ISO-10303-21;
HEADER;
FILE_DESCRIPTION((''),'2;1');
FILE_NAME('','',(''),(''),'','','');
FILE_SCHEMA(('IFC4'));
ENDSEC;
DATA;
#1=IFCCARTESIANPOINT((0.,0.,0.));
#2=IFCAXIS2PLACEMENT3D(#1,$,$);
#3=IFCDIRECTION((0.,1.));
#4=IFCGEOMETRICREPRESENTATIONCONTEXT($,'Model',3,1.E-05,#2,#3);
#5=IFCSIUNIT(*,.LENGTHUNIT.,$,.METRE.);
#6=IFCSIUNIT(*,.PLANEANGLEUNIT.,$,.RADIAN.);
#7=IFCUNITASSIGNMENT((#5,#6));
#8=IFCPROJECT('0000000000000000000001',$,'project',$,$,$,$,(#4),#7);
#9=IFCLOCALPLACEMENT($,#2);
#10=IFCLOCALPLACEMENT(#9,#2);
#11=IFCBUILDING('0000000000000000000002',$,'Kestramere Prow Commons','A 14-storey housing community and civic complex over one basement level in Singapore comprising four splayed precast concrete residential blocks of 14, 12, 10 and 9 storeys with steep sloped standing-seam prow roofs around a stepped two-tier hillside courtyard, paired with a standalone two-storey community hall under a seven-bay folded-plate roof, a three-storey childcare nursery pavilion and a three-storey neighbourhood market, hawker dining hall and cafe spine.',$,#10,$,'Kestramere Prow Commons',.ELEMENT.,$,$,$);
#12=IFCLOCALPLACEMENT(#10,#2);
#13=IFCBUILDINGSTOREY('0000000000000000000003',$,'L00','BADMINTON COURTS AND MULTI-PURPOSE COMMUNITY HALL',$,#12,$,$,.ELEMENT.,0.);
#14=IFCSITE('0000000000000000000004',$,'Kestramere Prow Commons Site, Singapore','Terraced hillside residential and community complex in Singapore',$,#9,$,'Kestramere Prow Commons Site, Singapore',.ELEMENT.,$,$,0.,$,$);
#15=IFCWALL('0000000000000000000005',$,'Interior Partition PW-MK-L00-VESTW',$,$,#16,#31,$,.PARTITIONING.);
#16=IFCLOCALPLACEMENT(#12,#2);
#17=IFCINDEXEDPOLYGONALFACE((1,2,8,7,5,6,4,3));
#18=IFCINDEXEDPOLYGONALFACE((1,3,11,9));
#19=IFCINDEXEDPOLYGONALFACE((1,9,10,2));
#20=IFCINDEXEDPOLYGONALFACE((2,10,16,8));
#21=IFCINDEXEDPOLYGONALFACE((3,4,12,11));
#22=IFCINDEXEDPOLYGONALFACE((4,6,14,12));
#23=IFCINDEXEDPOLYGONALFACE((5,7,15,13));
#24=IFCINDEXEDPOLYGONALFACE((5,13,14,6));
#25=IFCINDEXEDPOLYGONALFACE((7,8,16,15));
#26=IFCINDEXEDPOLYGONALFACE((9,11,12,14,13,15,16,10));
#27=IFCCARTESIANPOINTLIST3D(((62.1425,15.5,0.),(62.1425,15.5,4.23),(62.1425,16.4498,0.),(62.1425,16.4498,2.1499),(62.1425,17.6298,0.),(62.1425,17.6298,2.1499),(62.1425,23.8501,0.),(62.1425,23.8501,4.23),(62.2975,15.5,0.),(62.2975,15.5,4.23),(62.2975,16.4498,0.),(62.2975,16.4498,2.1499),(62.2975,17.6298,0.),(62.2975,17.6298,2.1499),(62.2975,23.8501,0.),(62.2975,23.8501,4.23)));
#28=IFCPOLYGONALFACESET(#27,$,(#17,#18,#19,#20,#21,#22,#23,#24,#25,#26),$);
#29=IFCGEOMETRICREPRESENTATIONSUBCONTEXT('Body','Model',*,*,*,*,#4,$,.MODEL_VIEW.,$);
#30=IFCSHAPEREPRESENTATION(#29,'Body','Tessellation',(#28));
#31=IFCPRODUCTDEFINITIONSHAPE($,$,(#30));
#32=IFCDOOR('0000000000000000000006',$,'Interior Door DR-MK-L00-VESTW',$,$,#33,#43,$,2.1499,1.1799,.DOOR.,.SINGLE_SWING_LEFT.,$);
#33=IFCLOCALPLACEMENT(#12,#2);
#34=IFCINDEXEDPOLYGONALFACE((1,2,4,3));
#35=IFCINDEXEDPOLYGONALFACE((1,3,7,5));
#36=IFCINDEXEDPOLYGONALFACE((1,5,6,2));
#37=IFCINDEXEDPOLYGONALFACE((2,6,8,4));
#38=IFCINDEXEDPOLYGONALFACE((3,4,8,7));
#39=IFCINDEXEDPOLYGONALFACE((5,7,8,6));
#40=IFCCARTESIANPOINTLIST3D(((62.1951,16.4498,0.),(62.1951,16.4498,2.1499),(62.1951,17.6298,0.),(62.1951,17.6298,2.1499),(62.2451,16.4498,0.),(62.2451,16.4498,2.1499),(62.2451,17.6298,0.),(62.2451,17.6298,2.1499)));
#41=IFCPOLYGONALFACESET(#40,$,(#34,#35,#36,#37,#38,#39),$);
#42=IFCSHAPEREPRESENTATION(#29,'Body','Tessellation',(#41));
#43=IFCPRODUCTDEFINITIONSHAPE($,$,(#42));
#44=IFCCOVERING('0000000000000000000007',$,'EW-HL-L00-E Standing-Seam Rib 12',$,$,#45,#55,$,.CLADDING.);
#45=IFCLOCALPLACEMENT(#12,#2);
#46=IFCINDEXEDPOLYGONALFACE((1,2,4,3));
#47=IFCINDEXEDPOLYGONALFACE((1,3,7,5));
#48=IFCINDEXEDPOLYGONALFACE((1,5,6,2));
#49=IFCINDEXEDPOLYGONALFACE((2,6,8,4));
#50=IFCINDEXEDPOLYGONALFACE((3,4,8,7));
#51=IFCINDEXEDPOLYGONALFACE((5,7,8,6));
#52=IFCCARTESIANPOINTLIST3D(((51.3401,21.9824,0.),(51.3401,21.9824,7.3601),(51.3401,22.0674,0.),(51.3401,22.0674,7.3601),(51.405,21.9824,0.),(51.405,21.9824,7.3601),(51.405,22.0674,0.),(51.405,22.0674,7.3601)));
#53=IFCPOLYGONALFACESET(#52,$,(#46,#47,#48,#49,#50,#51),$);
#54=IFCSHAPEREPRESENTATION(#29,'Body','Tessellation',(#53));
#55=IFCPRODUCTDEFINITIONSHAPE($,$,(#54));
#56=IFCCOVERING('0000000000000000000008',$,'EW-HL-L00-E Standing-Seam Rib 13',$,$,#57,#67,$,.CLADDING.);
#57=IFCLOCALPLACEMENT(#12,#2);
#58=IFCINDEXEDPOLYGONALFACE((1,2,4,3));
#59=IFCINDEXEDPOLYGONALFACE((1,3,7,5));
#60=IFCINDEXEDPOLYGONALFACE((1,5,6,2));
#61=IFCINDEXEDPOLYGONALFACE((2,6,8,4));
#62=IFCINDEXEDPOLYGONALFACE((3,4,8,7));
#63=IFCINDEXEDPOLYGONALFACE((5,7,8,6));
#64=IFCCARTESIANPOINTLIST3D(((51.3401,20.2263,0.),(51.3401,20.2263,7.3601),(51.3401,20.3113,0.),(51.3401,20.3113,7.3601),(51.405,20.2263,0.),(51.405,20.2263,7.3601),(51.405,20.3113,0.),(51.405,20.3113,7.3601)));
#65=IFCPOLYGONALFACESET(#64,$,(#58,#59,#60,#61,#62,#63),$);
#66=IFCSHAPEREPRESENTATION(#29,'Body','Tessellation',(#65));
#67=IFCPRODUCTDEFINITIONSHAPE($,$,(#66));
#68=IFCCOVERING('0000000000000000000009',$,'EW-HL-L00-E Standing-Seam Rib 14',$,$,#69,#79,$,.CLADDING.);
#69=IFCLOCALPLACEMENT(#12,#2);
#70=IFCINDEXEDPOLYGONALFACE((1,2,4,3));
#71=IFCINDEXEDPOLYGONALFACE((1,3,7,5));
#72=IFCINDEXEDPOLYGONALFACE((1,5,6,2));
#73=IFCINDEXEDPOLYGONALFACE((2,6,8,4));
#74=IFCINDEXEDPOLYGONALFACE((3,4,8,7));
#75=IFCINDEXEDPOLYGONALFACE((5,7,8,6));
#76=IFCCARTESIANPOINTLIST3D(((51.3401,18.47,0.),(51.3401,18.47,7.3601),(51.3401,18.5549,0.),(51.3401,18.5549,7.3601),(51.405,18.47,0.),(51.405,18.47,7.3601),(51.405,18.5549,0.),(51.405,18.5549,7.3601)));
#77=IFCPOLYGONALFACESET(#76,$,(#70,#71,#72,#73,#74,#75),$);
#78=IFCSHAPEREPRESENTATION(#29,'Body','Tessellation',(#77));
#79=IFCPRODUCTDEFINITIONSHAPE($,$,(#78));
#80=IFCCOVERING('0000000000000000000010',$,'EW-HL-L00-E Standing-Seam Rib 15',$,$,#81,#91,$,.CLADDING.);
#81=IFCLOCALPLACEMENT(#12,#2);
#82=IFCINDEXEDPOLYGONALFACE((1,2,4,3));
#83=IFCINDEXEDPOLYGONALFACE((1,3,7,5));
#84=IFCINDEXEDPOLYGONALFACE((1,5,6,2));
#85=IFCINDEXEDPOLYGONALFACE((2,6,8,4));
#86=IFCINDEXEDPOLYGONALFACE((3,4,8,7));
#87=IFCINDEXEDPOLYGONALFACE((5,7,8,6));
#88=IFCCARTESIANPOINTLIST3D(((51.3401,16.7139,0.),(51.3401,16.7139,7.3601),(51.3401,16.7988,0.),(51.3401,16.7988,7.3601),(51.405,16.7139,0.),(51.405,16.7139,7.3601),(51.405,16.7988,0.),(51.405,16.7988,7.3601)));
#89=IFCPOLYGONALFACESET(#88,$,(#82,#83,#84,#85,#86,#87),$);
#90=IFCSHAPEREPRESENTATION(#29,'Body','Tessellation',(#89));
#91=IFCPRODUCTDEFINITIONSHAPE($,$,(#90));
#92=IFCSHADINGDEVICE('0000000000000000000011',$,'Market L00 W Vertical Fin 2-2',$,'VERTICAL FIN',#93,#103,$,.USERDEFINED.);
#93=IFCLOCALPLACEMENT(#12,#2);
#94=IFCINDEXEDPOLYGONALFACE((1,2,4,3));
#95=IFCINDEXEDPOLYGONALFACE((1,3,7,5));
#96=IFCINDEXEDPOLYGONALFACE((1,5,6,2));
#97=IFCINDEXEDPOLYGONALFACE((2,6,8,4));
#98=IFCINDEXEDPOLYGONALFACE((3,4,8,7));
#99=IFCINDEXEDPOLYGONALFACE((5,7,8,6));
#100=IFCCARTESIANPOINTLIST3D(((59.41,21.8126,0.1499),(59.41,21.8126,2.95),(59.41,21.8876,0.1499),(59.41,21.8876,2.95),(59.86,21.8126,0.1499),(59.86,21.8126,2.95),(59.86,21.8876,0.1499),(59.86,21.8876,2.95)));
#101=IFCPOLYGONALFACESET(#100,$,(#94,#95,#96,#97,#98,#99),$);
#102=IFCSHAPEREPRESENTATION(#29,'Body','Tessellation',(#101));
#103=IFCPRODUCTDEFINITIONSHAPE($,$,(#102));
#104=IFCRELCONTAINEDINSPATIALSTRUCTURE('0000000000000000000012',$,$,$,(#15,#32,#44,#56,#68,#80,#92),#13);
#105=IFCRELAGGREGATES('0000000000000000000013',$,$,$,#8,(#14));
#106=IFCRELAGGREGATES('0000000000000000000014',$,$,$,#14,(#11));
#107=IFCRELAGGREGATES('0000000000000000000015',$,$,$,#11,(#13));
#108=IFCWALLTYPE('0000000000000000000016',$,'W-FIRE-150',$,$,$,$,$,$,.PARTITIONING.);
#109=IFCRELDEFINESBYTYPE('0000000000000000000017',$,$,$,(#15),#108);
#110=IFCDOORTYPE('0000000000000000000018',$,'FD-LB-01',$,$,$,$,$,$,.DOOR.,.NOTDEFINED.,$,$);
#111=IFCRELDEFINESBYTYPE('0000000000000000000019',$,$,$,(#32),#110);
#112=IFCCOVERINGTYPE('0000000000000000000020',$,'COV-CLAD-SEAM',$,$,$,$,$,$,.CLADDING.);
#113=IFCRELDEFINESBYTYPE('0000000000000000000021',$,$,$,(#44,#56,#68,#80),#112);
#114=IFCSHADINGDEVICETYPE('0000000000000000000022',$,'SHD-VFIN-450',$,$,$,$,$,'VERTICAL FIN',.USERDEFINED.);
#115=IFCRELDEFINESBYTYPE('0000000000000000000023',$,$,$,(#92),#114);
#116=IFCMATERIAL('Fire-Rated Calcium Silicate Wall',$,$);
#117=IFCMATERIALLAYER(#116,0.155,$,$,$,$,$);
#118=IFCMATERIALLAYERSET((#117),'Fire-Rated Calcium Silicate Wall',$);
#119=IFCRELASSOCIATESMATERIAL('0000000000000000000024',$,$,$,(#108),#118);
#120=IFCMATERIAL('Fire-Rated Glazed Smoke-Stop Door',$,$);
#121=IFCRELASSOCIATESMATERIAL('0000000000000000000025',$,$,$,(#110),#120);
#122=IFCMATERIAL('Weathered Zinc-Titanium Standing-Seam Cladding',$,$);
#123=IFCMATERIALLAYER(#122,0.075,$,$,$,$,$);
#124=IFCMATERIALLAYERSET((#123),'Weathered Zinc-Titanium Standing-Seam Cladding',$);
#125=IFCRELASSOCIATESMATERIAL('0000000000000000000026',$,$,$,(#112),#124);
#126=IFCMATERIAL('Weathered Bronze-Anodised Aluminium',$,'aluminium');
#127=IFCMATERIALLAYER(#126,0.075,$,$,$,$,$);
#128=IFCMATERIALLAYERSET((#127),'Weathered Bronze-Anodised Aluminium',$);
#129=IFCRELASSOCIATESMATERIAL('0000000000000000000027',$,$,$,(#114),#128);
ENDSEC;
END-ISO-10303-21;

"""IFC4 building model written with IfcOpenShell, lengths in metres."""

from ifc_helpers import new_model, si_unit, direction, frame, frame_2d, origin, origin_2d, place, context, subcontext, project, spatial, rectangle, extrude, material, layer, layer_set, type_object, element, fill, save


model = new_model("IFC4")

# Units and contexts
model_context = context("Model", 3, precision=1e-05, world=origin(), true_north=direction((0.0, 1.0)))
body_context = subcontext(model_context, "Body", "Model", "MODEL_VIEW")
ifc_project = project(units=[si_unit("LENGTHUNIT", "METRE"), si_unit("PLANEANGLEUNIT", "RADIAN")], contexts=[model_context])

# Site, building, storey
site_placement = place(None, origin())
site = spatial("IfcSite", under=ifc_project, at=site_placement, Name="Kestramere Prow Commons Site, Singapore", Description="Terraced hillside residential and community complex in Singapore", LongName="Kestramere Prow Commons Site, Singapore", CompositionType="ELEMENT", RefElevation=0.0)
building_placement = place(site_placement, origin())
building = spatial("IfcBuilding", under=site, at=building_placement, Name="Kestramere Prow Commons", Description="A 14-storey housing community and civic complex over one basement level in Singapore comprising four splayed precast concrete residential blocks of 14, 12, 10 and 9 storeys with steep sloped standing-seam prow roofs around a stepped two-tier hillside courtyard, paired with a standalone two-storey community hall under a seven-bay folded-plate roof, a three-storey childcare nursery pavilion and a three-storey neighbourhood market, hawker dining hall and cafe spine.", LongName="Kestramere Prow Commons", CompositionType="ELEMENT")
storey_placement = place(building_placement, origin())
storey = spatial("IfcBuildingStorey", under=building, at=storey_placement, Name="L00", Description="BADMINTON COURTS AND MULTI-PURPOSE COMMUNITY HALL", CompositionType="ELEMENT", Elevation=0.0)

# Wall, opening, door
ifc_material_1 = material(Name="Fire-Rated Calcium Silicate Wall")
ifc_layer_1 = layer(ifc_material_1, 0.155)
ifc_layer_set_1 = layer_set([ifc_layer_1], Name="Fire-Rated Calcium Silicate Wall")
wall_type_1 = type_object("IfcWallType", Name="W-FIRE-150", PredefinedType="PARTITIONING", material=ifc_layer_set_1)
wall_1_placement = place(storey_placement, frame((62.22, 15.5, 0.0), z_axis=(0.0, 0.0, 1.0), x_axis=(0.0, 1.0, 0.0)))
wall_1 = element("IfcWall", 1, at=wall_1_placement, inside=storey, type_object=wall_type_1, Name="Interior Partition PW-MK-L00-VESTW", PredefinedType="PARTITIONING", context=body_context, shape_type="SweptSolid", body=[
    extrude(rectangle(XDim=8.3501, YDim=0.155, at=frame_2d((4.175, 0.0))), origin(), (0.0, 0.0, 1.0), 4.23),
])
opening_1_placement = place(wall_1_placement, frame((0.95, 0.0, 0.0)))
opening_1 = element("IfcOpeningElement", 2, at=opening_1_placement, cuts=wall_1, PredefinedType="OPENING", context=body_context, shape_type="SweptSolid", body=[
    extrude(rectangle(XDim=1.1799, YDim=2.1499, at=frame_2d((0.5898, 1.075))), frame((0.0, 0.0925, 0.0), z_axis=(0.0, -1.0, 0.0), x_axis=(1.0, 0.0, 0.0)), (0.0, 0.0, 1.0), 0.1851),
])
ifc_material_2 = material(Name="Fire-Rated Glazed Smoke-Stop Door")
door_type_1 = type_object("IfcDoorType", Name="FD-LB-01", OperationType="NOTDEFINED", PredefinedType="DOOR", material=ifc_material_2)
door_1_placement = place(opening_1_placement, origin())
door_1 = element("IfcDoor", 3, at=door_1_placement, inside=storey, type_object=door_type_1, Name="Interior Door DR-MK-L00-VESTW", OperationType="SINGLE_SWING_LEFT", OverallHeight=2.1499, OverallWidth=1.1799, PredefinedType="DOOR", context=body_context, shape_type="SweptSolid", body=[
    extrude(rectangle(XDim=1.1799, YDim=2.1499, at=frame_2d((0.5898, 1.075))), frame((0.0, 0.0249, 0.0), z_axis=(0.0, -1.0, 0.0), x_axis=(1.0, 0.0, 0.0)), (0.0, 0.0, 1.0), 0.05),
])
fill(opening_1, door_1)

# Coverings
ifc_material_3 = material(Name="Weathered Zinc-Titanium Standing-Seam Cladding")
ifc_layer_2 = layer(ifc_material_3, 0.075)
ifc_layer_set_2 = layer_set([ifc_layer_2], Name="Weathered Zinc-Titanium Standing-Seam Cladding")
covering_type = type_object("IfcCoveringType", Name="COV-CLAD-SEAM", PredefinedType="CLADDING", material=ifc_layer_set_2)
for number, where, z_axis, x_axis, name in (
    (4, (51.3726, 22.0249, 0.0), (0.0, 0.0, 1.0), (0.0, -1.0, 0.0), "EW-HL-L00-E Standing-Seam Rib 12"),
    (5, (51.3726, 20.2688, 0.0), (0.0, 0.0, 1.0), (0.0, -1.0, 0.0), "EW-HL-L00-E Standing-Seam Rib 13"),
    (6, (51.3726, 18.5125, 0.0), (0.0, 0.0, 1.0), (0.0, -1.0, 0.0), "EW-HL-L00-E Standing-Seam Rib 14"),
    (7, (51.3726, 16.7563, 0.0), (0.0, 0.0, 1.0), (0.0, -1.0, 0.0), "EW-HL-L00-E Standing-Seam Rib 15"),
):
    element("IfcCovering", number, at=place(storey_placement, frame(where, z_axis=z_axis, x_axis=x_axis)), inside=storey, type_object=covering_type, Name=name, PredefinedType="CLADDING", context=body_context, shape_type="SweptSolid", body=[
        extrude(rectangle(XDim=0.085, YDim=0.0649, at=origin_2d()), origin(), (0.0, 0.0, 1.0), 7.3601),
    ])

# Shading device
ifc_material_4 = material(Name="Weathered Bronze-Anodised Aluminium", Category="aluminium")
ifc_layer_3 = layer(ifc_material_4, 0.075)
ifc_layer_set_3 = layer_set([ifc_layer_3], Name="Weathered Bronze-Anodised Aluminium")
shading_device_type = type_object("IfcShadingDeviceType", Name="SHD-VFIN-450", ElementType="VERTICAL FIN", PredefinedType="USERDEFINED", material=ifc_layer_set_3)
shading_device_placement = place(storey_placement, frame((59.635, 21.8501, 0.1499), z_axis=(0.0, 0.0, 1.0), x_axis=(1.0, 0.0, 0.0)))
element("IfcShadingDevice", 8, at=shading_device_placement, inside=storey, type_object=shading_device_type, Name="Market L00 W Vertical Fin 2-2", ObjectType="VERTICAL FIN", PredefinedType="USERDEFINED", context=body_context, shape_type="SweptSolid", body=[
    extrude(rectangle(XDim=0.45, YDim=0.075, at=origin_2d()), origin(), (0.0, 0.0, 1.0), 2.8),
])

save(model, "model.ifc")
